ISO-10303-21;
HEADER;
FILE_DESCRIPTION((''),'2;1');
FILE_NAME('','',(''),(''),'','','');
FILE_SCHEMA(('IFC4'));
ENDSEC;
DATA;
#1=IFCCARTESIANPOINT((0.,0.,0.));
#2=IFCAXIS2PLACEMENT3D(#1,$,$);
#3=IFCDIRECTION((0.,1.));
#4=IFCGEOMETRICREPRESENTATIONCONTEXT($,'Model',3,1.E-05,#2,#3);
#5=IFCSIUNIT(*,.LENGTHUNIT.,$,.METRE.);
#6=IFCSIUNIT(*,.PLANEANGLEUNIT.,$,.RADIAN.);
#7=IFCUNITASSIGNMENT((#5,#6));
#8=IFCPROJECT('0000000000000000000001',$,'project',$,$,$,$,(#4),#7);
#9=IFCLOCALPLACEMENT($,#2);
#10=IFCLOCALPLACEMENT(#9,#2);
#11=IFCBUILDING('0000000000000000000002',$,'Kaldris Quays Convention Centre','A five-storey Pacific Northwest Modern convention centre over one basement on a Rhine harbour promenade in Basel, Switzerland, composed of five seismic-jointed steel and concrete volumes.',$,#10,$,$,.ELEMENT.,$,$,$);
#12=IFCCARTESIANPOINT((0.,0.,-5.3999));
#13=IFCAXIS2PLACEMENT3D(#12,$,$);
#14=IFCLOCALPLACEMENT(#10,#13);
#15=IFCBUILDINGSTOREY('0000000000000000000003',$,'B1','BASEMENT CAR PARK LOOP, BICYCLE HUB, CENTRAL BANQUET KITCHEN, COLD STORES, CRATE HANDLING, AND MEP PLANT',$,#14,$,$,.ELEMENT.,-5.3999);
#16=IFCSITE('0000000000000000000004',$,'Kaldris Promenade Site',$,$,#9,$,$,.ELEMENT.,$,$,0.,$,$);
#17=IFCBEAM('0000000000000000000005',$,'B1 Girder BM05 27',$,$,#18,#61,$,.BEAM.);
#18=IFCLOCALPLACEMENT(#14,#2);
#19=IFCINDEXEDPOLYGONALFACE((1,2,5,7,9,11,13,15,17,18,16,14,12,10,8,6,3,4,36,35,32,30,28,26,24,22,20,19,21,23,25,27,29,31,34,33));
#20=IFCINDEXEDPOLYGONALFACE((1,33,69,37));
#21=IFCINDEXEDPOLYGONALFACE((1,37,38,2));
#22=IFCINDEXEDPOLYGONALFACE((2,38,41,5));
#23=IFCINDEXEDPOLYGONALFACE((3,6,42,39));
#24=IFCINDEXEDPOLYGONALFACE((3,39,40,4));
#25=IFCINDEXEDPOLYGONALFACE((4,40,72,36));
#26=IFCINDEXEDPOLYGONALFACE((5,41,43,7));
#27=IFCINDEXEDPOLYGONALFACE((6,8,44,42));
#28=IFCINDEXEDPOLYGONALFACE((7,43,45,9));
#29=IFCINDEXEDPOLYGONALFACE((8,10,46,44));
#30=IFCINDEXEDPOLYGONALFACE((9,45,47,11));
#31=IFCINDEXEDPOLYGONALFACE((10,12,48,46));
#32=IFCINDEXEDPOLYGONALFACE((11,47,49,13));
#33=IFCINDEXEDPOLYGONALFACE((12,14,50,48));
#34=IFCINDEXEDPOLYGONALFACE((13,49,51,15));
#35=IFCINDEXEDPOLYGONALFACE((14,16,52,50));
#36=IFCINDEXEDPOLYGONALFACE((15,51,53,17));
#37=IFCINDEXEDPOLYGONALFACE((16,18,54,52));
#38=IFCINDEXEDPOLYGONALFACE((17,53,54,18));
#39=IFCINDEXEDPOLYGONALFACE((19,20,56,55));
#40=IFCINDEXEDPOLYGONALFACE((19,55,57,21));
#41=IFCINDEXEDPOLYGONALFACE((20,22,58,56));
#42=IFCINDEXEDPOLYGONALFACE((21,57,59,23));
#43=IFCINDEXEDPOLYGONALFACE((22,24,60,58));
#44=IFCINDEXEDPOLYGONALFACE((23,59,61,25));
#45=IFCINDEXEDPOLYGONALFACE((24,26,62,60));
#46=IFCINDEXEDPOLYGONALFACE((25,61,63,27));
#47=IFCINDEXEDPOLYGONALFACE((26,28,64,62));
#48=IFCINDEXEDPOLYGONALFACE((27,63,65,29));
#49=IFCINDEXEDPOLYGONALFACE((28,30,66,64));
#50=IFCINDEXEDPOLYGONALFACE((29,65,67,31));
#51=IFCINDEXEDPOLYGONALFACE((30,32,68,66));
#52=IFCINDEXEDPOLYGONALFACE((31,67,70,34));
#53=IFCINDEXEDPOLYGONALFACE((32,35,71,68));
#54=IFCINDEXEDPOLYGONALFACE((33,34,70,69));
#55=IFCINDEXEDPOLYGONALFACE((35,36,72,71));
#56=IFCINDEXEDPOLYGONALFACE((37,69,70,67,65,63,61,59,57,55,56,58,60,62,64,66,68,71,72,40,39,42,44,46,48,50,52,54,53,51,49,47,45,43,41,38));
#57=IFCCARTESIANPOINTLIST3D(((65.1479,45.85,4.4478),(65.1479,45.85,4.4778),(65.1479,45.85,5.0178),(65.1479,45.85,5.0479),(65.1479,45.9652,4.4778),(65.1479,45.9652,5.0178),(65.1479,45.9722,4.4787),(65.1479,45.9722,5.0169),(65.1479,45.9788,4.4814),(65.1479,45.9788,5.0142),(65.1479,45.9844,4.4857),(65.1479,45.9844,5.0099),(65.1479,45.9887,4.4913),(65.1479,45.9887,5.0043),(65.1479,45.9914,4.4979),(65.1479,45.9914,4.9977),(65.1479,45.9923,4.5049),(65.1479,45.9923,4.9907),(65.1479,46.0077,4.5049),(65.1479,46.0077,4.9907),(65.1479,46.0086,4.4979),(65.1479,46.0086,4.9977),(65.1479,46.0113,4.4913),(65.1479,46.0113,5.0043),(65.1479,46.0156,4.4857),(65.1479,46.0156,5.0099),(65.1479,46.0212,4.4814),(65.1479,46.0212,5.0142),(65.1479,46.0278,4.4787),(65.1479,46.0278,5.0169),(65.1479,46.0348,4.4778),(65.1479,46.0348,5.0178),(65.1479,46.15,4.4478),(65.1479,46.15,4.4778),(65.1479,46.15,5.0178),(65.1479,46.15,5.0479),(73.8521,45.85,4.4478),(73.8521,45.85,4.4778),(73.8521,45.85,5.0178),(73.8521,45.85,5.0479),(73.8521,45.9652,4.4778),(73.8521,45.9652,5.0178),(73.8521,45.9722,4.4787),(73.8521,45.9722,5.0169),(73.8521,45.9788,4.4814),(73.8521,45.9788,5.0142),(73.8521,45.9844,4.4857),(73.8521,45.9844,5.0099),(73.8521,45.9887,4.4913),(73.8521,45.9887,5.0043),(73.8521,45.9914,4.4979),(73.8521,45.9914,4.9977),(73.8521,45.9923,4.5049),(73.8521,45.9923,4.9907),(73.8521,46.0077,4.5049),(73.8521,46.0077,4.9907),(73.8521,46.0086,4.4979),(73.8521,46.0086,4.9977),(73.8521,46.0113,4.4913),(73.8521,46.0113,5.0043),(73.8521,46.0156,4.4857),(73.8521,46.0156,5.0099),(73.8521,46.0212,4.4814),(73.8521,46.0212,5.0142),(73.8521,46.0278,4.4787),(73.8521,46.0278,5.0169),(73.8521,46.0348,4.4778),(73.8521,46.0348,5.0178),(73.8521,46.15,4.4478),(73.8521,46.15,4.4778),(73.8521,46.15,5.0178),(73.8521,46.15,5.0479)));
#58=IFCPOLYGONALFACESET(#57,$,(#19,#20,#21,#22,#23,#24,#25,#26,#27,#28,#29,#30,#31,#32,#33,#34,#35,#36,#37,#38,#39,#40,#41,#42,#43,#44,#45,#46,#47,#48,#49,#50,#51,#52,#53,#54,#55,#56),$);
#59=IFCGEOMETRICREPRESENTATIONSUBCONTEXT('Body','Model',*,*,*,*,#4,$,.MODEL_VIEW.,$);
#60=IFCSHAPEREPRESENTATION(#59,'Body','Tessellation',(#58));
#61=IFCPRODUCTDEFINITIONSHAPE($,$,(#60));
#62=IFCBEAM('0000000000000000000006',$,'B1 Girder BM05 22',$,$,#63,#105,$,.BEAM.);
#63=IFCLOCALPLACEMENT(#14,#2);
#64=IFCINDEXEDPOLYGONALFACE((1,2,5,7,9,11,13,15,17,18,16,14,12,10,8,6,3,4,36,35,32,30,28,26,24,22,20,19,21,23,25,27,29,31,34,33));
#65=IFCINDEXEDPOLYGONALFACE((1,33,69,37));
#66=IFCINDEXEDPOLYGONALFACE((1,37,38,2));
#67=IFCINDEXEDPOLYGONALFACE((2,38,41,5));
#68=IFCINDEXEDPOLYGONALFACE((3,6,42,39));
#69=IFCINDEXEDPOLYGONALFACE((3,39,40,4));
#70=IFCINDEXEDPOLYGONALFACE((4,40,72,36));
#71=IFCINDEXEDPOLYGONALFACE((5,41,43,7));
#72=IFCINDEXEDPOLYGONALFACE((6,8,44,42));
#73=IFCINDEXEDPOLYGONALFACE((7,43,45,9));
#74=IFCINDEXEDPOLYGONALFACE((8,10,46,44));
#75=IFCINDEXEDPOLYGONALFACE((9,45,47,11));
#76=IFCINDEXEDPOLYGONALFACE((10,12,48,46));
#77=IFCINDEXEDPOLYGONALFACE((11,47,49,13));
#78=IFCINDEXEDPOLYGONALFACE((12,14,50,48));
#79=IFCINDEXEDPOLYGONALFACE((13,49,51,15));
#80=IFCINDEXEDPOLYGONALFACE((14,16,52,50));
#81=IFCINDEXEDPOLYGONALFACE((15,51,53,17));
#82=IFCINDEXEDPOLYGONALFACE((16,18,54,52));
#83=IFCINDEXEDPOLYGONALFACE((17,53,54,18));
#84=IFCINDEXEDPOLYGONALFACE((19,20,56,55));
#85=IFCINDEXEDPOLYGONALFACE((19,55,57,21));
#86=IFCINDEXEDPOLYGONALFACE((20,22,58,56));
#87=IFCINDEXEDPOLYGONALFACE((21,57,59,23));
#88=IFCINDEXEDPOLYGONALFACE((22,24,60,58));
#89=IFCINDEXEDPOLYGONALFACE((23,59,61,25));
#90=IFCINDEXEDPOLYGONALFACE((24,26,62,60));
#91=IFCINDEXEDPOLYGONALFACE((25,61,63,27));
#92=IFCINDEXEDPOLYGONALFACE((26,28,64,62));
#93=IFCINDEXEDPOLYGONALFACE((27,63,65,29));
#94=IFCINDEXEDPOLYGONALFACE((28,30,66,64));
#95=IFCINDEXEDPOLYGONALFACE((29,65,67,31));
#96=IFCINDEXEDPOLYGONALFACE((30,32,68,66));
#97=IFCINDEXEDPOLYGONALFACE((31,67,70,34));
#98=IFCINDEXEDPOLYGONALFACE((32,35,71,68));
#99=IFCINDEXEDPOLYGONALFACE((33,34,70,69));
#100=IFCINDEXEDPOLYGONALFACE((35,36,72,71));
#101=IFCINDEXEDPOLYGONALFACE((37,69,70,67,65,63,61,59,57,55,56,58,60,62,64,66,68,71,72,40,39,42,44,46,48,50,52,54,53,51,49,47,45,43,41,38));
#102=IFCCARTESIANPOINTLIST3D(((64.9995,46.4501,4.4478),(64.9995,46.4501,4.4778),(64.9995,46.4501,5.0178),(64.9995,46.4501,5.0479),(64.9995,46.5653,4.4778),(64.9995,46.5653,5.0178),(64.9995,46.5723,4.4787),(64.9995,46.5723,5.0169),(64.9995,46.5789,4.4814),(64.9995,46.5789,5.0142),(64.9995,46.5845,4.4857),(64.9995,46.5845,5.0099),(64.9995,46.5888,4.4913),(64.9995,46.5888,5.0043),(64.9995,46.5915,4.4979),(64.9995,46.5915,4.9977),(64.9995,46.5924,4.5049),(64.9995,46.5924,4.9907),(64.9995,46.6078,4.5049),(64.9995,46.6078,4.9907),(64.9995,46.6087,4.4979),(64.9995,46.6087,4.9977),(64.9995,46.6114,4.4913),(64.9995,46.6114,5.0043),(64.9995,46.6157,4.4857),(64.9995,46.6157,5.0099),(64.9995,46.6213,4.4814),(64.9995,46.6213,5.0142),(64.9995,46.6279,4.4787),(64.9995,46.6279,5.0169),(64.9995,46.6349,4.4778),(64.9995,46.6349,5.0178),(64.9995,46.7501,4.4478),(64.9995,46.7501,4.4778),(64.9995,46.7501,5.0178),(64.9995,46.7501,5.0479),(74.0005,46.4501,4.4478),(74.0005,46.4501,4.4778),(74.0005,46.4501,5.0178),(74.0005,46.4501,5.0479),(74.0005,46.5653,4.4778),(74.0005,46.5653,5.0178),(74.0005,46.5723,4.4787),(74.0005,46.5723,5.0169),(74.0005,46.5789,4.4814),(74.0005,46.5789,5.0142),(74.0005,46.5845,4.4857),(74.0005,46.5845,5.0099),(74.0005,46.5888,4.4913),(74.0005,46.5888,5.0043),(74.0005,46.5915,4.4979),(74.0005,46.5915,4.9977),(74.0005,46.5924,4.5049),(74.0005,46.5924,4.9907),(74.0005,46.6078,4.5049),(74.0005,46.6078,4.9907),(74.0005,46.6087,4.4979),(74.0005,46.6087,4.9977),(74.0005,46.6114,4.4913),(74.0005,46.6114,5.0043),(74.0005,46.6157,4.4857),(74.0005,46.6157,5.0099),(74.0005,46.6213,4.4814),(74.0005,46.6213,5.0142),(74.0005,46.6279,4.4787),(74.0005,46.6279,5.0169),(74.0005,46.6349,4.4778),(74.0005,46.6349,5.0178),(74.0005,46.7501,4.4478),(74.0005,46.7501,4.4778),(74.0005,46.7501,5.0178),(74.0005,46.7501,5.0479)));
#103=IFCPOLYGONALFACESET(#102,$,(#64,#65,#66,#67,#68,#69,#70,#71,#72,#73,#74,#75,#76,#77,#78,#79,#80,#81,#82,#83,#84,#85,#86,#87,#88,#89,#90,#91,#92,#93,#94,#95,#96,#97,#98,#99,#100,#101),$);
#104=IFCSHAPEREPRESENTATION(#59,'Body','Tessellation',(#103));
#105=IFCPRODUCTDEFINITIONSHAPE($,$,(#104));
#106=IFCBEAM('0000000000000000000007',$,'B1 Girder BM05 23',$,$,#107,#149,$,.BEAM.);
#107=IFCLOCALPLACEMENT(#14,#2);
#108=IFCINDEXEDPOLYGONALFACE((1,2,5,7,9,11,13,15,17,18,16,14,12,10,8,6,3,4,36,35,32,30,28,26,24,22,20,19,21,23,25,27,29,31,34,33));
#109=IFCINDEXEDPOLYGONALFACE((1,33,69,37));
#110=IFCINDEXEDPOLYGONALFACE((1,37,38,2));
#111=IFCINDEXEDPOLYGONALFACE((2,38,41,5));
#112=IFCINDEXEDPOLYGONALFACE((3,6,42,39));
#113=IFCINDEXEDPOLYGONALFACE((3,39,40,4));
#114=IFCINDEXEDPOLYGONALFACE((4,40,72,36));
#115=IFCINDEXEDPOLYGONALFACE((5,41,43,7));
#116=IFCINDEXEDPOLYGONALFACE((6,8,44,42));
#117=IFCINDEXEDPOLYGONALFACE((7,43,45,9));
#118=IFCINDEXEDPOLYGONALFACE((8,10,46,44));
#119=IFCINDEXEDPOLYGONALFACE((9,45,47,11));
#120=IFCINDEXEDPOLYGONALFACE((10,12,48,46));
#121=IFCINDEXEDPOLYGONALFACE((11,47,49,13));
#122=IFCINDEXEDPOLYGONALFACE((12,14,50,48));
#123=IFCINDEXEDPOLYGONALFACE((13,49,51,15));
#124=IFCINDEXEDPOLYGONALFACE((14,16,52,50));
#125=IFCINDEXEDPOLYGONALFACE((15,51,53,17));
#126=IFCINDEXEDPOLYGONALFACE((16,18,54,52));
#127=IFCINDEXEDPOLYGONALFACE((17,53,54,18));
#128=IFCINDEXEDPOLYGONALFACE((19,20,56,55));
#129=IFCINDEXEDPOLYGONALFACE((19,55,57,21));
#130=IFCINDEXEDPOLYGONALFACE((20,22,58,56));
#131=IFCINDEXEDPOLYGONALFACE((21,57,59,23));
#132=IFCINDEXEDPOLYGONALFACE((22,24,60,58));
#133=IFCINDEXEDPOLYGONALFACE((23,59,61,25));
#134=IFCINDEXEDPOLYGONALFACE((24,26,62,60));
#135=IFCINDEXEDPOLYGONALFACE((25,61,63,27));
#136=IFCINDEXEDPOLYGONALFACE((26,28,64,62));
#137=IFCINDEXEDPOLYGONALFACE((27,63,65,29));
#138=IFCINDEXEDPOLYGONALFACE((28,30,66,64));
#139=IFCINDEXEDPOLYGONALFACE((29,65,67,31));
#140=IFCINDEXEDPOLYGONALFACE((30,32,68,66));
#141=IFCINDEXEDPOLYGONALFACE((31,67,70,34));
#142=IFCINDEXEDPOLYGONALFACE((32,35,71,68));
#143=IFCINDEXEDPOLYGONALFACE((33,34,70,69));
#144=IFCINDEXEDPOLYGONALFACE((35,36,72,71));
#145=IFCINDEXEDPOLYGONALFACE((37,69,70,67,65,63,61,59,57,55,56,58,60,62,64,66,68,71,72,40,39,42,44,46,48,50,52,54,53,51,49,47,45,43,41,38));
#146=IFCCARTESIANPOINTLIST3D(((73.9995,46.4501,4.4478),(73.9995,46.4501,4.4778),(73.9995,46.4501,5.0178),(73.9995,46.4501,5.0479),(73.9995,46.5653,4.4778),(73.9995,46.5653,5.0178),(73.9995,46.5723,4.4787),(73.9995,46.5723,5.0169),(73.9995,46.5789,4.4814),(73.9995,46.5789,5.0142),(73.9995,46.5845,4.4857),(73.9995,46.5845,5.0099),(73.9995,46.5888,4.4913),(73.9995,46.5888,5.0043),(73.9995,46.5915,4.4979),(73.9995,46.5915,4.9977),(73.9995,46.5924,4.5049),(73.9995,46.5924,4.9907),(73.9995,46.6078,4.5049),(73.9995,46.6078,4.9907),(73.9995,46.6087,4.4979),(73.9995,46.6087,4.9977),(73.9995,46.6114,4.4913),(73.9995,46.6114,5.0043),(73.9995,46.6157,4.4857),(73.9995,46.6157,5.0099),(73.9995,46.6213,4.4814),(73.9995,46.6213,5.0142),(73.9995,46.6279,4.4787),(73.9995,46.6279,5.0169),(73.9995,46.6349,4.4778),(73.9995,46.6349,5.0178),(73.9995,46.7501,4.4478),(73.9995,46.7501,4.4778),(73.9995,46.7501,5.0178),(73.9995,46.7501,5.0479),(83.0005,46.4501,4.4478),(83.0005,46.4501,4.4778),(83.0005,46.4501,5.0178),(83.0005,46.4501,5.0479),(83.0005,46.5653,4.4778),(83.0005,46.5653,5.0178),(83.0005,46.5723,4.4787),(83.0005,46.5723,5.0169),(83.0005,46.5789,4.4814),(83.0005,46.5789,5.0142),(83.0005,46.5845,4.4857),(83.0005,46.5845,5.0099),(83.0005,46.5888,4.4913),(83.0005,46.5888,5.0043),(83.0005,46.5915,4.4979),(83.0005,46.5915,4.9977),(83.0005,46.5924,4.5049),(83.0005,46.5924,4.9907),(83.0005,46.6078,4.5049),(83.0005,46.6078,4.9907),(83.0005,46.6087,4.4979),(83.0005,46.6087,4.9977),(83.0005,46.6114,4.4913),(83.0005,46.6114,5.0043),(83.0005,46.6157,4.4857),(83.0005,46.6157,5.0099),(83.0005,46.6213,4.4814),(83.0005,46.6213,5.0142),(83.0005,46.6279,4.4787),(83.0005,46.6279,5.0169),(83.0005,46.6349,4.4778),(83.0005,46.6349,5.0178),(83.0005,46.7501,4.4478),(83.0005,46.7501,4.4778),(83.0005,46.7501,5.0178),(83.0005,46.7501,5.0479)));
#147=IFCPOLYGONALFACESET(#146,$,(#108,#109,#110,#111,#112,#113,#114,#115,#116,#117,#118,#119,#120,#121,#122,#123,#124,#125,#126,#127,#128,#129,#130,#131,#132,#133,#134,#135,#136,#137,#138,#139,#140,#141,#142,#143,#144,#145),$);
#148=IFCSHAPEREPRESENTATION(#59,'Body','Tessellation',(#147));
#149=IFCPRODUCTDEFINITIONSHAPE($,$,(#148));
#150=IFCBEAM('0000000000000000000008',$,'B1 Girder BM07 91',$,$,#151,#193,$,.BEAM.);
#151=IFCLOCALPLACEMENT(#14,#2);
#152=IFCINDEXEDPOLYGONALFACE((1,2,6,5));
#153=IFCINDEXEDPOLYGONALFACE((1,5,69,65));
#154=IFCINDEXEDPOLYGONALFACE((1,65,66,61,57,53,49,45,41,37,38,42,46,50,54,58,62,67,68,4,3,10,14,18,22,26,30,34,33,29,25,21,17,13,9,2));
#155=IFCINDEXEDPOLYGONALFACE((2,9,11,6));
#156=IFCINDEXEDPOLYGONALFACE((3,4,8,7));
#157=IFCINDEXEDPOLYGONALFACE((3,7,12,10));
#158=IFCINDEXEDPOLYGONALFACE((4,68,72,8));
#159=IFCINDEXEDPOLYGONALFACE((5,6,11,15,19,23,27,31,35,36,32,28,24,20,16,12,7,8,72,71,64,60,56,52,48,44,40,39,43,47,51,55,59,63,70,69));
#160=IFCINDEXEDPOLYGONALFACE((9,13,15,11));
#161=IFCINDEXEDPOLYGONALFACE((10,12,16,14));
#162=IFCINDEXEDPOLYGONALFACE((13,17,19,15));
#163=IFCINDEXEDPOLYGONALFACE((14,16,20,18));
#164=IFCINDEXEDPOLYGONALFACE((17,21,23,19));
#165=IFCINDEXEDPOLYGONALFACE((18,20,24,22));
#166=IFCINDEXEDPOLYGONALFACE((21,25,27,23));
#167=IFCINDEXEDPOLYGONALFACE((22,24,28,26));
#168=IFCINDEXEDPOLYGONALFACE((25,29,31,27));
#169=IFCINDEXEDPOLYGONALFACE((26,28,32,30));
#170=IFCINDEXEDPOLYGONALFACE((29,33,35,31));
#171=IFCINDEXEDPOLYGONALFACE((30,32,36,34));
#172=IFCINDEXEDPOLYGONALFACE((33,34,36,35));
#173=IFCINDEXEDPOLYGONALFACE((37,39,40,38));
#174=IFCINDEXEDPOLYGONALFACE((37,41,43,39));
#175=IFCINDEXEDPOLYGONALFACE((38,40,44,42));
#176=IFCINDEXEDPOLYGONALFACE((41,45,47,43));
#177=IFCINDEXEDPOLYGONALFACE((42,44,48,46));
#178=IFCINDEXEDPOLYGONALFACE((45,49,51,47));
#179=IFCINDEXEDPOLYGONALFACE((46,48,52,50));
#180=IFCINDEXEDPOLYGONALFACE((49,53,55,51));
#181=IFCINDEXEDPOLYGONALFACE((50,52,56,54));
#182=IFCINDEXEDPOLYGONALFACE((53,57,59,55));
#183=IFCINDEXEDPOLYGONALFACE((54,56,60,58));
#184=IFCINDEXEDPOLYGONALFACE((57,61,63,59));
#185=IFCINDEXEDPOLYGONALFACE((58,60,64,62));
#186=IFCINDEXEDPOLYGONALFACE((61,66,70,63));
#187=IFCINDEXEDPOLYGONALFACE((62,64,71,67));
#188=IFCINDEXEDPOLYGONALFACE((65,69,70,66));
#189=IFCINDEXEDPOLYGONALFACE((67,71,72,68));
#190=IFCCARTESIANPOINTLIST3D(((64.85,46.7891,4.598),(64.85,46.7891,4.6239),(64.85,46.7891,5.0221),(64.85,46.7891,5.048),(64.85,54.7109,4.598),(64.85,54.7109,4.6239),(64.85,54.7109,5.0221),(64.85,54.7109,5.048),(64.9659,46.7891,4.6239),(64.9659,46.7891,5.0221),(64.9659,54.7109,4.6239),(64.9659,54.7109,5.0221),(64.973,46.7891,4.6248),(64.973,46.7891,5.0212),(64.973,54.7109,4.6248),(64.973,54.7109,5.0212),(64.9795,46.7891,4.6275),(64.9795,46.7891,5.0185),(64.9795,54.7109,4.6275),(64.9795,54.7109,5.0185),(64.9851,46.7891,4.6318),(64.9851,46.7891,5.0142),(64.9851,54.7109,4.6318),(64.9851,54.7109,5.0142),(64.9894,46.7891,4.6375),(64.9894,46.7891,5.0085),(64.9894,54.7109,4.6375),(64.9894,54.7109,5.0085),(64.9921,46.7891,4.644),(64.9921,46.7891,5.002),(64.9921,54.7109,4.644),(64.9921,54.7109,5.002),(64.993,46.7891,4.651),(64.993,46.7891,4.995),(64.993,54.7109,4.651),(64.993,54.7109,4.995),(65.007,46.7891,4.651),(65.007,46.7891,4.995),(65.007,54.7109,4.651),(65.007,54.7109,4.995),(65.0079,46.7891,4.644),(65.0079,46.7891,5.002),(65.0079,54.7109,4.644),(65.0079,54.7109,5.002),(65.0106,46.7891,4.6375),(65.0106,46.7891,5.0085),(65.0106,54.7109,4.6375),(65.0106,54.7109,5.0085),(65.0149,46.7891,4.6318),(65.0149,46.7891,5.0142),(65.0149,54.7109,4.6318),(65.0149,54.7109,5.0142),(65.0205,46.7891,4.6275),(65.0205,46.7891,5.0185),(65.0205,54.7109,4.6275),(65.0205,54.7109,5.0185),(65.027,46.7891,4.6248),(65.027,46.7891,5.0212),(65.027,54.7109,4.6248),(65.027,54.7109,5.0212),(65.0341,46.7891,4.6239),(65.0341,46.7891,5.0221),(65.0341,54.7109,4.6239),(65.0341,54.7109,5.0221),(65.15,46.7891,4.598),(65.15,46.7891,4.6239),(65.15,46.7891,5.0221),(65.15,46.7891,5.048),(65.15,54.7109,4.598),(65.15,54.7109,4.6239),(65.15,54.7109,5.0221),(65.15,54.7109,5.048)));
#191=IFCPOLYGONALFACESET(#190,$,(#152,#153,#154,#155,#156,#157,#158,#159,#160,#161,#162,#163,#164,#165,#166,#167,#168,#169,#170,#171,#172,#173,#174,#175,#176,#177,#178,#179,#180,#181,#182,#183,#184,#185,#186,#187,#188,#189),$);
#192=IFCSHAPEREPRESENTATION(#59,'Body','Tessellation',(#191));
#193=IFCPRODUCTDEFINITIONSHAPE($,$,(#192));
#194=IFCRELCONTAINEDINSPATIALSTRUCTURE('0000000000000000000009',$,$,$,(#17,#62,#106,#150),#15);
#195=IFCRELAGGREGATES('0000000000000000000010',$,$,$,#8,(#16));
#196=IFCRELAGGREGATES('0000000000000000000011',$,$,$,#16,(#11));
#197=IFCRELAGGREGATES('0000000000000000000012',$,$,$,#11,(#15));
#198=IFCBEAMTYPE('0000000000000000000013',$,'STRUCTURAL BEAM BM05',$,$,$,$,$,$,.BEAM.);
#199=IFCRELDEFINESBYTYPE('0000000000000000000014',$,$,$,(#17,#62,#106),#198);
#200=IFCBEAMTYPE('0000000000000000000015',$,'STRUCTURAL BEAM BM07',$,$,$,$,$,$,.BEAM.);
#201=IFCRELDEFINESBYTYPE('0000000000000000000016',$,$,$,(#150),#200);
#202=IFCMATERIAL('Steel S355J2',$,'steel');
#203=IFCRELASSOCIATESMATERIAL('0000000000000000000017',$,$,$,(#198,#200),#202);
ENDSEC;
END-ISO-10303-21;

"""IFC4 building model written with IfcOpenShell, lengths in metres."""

from ifc_helpers import new_model, si_unit, direction, frame, origin, origin_2d, place, context, subcontext, project, spatial, i_section, extrude, material, material_profile, profile_set, type_object, element, save


model = new_model("IFC4")

# Units and contexts
model_context = context("Model", 3, precision=1e-05, world=origin(), true_north=direction((0.0, 1.0)))
body_context = subcontext(model_context, "Body", "Model", "MODEL_VIEW")
ifc_project = project(units=[si_unit("LENGTHUNIT", "METRE"), si_unit("PLANEANGLEUNIT", "RADIAN")], contexts=[model_context])

# Site, building, storey
site_placement = place(None, origin())
site = spatial("IfcSite", under=ifc_project, at=site_placement, Name="Kaldris Promenade Site", CompositionType="ELEMENT", RefElevation=0.0)
building_placement = place(site_placement, origin())
building = spatial("IfcBuilding", under=site, at=building_placement, Name="Kaldris Quays Convention Centre", Description="A five-storey Pacific Northwest Modern convention centre over one basement on a Rhine harbour promenade in Basel, Switzerland, composed of five seismic-jointed steel and concrete volumes.", CompositionType="ELEMENT")
storey_placement = place(building_placement, frame((0.0, 0.0, -5.3999)))
storey = spatial("IfcBuildingStorey", under=building, at=storey_placement, Name="B1", Description="BASEMENT CAR PARK LOOP, BICYCLE HUB, CENTRAL BANQUET KITCHEN, COLD STORES, CRATE HANDLING, AND MEP PLANT", CompositionType="ELEMENT", Elevation=-5.3999)

# Shared definitions
ifc_material_1 = material(Name="Steel S355J2", Category="steel")

# Beams
ifc_material_profile_1 = material_profile(ifc_material_1, i_section(OverallWidth=0.3, OverallDepth=0.6001, WebThickness=0.0154, FlangeThickness=0.03, FilletRadius=0.0271, at=origin_2d()), Name="HEB 600")
ifc_profile_set_1 = profile_set([ifc_material_profile_1], Name="Steel S355J2")
beam_type_1 = type_object("IfcBeamType", Name="STRUCTURAL BEAM BM05", PredefinedType="BEAM", material=ifc_profile_set_1)
beam_1_placement = place(storey_placement, frame((65.1479, 46.0, 4.7478), z_axis=(1.0, 0.0, 0.0), x_axis=(0.0, 1.0, 0.0)))
element("IfcBeam", 1, at=beam_1_placement, inside=storey, type_object=beam_type_1, Name="B1 Girder BM05 27", PredefinedType="BEAM", context=body_context, shape_type="SweptSolid", body=[
    extrude(i_section(OverallWidth=0.3, OverallDepth=0.6001, WebThickness=0.0154, FlangeThickness=0.03, FilletRadius=0.0271, at=origin_2d()), origin(), (0.0, 0.0, 1.0), 8.7041),
])
for number, where, z_axis, x_axis, name in (
    (2, (64.9995, 46.6001, 4.7478), (1.0, 0.0, 0.0), (0.0, 1.0, 0.0), "B1 Girder BM05 22"),
    (3, (73.9995, 46.6001, 4.7478), (1.0, 0.0, 0.0), (0.0, 1.0, 0.0), "B1 Girder BM05 23"),
):
    element("IfcBeam", number, at=place(storey_placement, frame(where, z_axis=z_axis, x_axis=x_axis)), inside=storey, type_object=beam_type_1, Name=name, PredefinedType="BEAM", context=body_context, shape_type="SweptSolid", body=[
        extrude(i_section(OverallWidth=0.3, OverallDepth=0.6001, WebThickness=0.0154, FlangeThickness=0.03, FilletRadius=0.0271, at=origin_2d()), origin(), (0.0, 0.0, 1.0), 9.001),
    ])
ifc_material_profile_2 = material_profile(ifc_material_1, i_section(OverallWidth=0.3, OverallDepth=0.45, WebThickness=0.0139, FlangeThickness=0.0259, FilletRadius=0.0271, at=origin_2d()), Name="HEB 450")
ifc_profile_set_2 = profile_set([ifc_material_profile_2], Name="Steel S355J2")
beam_type_2 = type_object("IfcBeamType", Name="STRUCTURAL BEAM BM07", PredefinedType="BEAM", material=ifc_profile_set_2)
beam_2_placement = place(storey_placement, frame((65.0, 46.7891, 4.823), z_axis=(0.0, 1.0, 0.0), x_axis=(-1.0, 0.0, 0.0)))
element("IfcBeam", 4, at=beam_2_placement, inside=storey, type_object=beam_type_2, Name="B1 Girder BM07 91", PredefinedType="BEAM", context=body_context, shape_type="SweptSolid", body=[
    extrude(i_section(OverallWidth=0.3, OverallDepth=0.45, WebThickness=0.0139, FlangeThickness=0.0259, FilletRadius=0.0271, at=origin_2d()), origin(), (0.0, 0.0, 1.0), 7.9219),
])

save(model, "model.ifc")
